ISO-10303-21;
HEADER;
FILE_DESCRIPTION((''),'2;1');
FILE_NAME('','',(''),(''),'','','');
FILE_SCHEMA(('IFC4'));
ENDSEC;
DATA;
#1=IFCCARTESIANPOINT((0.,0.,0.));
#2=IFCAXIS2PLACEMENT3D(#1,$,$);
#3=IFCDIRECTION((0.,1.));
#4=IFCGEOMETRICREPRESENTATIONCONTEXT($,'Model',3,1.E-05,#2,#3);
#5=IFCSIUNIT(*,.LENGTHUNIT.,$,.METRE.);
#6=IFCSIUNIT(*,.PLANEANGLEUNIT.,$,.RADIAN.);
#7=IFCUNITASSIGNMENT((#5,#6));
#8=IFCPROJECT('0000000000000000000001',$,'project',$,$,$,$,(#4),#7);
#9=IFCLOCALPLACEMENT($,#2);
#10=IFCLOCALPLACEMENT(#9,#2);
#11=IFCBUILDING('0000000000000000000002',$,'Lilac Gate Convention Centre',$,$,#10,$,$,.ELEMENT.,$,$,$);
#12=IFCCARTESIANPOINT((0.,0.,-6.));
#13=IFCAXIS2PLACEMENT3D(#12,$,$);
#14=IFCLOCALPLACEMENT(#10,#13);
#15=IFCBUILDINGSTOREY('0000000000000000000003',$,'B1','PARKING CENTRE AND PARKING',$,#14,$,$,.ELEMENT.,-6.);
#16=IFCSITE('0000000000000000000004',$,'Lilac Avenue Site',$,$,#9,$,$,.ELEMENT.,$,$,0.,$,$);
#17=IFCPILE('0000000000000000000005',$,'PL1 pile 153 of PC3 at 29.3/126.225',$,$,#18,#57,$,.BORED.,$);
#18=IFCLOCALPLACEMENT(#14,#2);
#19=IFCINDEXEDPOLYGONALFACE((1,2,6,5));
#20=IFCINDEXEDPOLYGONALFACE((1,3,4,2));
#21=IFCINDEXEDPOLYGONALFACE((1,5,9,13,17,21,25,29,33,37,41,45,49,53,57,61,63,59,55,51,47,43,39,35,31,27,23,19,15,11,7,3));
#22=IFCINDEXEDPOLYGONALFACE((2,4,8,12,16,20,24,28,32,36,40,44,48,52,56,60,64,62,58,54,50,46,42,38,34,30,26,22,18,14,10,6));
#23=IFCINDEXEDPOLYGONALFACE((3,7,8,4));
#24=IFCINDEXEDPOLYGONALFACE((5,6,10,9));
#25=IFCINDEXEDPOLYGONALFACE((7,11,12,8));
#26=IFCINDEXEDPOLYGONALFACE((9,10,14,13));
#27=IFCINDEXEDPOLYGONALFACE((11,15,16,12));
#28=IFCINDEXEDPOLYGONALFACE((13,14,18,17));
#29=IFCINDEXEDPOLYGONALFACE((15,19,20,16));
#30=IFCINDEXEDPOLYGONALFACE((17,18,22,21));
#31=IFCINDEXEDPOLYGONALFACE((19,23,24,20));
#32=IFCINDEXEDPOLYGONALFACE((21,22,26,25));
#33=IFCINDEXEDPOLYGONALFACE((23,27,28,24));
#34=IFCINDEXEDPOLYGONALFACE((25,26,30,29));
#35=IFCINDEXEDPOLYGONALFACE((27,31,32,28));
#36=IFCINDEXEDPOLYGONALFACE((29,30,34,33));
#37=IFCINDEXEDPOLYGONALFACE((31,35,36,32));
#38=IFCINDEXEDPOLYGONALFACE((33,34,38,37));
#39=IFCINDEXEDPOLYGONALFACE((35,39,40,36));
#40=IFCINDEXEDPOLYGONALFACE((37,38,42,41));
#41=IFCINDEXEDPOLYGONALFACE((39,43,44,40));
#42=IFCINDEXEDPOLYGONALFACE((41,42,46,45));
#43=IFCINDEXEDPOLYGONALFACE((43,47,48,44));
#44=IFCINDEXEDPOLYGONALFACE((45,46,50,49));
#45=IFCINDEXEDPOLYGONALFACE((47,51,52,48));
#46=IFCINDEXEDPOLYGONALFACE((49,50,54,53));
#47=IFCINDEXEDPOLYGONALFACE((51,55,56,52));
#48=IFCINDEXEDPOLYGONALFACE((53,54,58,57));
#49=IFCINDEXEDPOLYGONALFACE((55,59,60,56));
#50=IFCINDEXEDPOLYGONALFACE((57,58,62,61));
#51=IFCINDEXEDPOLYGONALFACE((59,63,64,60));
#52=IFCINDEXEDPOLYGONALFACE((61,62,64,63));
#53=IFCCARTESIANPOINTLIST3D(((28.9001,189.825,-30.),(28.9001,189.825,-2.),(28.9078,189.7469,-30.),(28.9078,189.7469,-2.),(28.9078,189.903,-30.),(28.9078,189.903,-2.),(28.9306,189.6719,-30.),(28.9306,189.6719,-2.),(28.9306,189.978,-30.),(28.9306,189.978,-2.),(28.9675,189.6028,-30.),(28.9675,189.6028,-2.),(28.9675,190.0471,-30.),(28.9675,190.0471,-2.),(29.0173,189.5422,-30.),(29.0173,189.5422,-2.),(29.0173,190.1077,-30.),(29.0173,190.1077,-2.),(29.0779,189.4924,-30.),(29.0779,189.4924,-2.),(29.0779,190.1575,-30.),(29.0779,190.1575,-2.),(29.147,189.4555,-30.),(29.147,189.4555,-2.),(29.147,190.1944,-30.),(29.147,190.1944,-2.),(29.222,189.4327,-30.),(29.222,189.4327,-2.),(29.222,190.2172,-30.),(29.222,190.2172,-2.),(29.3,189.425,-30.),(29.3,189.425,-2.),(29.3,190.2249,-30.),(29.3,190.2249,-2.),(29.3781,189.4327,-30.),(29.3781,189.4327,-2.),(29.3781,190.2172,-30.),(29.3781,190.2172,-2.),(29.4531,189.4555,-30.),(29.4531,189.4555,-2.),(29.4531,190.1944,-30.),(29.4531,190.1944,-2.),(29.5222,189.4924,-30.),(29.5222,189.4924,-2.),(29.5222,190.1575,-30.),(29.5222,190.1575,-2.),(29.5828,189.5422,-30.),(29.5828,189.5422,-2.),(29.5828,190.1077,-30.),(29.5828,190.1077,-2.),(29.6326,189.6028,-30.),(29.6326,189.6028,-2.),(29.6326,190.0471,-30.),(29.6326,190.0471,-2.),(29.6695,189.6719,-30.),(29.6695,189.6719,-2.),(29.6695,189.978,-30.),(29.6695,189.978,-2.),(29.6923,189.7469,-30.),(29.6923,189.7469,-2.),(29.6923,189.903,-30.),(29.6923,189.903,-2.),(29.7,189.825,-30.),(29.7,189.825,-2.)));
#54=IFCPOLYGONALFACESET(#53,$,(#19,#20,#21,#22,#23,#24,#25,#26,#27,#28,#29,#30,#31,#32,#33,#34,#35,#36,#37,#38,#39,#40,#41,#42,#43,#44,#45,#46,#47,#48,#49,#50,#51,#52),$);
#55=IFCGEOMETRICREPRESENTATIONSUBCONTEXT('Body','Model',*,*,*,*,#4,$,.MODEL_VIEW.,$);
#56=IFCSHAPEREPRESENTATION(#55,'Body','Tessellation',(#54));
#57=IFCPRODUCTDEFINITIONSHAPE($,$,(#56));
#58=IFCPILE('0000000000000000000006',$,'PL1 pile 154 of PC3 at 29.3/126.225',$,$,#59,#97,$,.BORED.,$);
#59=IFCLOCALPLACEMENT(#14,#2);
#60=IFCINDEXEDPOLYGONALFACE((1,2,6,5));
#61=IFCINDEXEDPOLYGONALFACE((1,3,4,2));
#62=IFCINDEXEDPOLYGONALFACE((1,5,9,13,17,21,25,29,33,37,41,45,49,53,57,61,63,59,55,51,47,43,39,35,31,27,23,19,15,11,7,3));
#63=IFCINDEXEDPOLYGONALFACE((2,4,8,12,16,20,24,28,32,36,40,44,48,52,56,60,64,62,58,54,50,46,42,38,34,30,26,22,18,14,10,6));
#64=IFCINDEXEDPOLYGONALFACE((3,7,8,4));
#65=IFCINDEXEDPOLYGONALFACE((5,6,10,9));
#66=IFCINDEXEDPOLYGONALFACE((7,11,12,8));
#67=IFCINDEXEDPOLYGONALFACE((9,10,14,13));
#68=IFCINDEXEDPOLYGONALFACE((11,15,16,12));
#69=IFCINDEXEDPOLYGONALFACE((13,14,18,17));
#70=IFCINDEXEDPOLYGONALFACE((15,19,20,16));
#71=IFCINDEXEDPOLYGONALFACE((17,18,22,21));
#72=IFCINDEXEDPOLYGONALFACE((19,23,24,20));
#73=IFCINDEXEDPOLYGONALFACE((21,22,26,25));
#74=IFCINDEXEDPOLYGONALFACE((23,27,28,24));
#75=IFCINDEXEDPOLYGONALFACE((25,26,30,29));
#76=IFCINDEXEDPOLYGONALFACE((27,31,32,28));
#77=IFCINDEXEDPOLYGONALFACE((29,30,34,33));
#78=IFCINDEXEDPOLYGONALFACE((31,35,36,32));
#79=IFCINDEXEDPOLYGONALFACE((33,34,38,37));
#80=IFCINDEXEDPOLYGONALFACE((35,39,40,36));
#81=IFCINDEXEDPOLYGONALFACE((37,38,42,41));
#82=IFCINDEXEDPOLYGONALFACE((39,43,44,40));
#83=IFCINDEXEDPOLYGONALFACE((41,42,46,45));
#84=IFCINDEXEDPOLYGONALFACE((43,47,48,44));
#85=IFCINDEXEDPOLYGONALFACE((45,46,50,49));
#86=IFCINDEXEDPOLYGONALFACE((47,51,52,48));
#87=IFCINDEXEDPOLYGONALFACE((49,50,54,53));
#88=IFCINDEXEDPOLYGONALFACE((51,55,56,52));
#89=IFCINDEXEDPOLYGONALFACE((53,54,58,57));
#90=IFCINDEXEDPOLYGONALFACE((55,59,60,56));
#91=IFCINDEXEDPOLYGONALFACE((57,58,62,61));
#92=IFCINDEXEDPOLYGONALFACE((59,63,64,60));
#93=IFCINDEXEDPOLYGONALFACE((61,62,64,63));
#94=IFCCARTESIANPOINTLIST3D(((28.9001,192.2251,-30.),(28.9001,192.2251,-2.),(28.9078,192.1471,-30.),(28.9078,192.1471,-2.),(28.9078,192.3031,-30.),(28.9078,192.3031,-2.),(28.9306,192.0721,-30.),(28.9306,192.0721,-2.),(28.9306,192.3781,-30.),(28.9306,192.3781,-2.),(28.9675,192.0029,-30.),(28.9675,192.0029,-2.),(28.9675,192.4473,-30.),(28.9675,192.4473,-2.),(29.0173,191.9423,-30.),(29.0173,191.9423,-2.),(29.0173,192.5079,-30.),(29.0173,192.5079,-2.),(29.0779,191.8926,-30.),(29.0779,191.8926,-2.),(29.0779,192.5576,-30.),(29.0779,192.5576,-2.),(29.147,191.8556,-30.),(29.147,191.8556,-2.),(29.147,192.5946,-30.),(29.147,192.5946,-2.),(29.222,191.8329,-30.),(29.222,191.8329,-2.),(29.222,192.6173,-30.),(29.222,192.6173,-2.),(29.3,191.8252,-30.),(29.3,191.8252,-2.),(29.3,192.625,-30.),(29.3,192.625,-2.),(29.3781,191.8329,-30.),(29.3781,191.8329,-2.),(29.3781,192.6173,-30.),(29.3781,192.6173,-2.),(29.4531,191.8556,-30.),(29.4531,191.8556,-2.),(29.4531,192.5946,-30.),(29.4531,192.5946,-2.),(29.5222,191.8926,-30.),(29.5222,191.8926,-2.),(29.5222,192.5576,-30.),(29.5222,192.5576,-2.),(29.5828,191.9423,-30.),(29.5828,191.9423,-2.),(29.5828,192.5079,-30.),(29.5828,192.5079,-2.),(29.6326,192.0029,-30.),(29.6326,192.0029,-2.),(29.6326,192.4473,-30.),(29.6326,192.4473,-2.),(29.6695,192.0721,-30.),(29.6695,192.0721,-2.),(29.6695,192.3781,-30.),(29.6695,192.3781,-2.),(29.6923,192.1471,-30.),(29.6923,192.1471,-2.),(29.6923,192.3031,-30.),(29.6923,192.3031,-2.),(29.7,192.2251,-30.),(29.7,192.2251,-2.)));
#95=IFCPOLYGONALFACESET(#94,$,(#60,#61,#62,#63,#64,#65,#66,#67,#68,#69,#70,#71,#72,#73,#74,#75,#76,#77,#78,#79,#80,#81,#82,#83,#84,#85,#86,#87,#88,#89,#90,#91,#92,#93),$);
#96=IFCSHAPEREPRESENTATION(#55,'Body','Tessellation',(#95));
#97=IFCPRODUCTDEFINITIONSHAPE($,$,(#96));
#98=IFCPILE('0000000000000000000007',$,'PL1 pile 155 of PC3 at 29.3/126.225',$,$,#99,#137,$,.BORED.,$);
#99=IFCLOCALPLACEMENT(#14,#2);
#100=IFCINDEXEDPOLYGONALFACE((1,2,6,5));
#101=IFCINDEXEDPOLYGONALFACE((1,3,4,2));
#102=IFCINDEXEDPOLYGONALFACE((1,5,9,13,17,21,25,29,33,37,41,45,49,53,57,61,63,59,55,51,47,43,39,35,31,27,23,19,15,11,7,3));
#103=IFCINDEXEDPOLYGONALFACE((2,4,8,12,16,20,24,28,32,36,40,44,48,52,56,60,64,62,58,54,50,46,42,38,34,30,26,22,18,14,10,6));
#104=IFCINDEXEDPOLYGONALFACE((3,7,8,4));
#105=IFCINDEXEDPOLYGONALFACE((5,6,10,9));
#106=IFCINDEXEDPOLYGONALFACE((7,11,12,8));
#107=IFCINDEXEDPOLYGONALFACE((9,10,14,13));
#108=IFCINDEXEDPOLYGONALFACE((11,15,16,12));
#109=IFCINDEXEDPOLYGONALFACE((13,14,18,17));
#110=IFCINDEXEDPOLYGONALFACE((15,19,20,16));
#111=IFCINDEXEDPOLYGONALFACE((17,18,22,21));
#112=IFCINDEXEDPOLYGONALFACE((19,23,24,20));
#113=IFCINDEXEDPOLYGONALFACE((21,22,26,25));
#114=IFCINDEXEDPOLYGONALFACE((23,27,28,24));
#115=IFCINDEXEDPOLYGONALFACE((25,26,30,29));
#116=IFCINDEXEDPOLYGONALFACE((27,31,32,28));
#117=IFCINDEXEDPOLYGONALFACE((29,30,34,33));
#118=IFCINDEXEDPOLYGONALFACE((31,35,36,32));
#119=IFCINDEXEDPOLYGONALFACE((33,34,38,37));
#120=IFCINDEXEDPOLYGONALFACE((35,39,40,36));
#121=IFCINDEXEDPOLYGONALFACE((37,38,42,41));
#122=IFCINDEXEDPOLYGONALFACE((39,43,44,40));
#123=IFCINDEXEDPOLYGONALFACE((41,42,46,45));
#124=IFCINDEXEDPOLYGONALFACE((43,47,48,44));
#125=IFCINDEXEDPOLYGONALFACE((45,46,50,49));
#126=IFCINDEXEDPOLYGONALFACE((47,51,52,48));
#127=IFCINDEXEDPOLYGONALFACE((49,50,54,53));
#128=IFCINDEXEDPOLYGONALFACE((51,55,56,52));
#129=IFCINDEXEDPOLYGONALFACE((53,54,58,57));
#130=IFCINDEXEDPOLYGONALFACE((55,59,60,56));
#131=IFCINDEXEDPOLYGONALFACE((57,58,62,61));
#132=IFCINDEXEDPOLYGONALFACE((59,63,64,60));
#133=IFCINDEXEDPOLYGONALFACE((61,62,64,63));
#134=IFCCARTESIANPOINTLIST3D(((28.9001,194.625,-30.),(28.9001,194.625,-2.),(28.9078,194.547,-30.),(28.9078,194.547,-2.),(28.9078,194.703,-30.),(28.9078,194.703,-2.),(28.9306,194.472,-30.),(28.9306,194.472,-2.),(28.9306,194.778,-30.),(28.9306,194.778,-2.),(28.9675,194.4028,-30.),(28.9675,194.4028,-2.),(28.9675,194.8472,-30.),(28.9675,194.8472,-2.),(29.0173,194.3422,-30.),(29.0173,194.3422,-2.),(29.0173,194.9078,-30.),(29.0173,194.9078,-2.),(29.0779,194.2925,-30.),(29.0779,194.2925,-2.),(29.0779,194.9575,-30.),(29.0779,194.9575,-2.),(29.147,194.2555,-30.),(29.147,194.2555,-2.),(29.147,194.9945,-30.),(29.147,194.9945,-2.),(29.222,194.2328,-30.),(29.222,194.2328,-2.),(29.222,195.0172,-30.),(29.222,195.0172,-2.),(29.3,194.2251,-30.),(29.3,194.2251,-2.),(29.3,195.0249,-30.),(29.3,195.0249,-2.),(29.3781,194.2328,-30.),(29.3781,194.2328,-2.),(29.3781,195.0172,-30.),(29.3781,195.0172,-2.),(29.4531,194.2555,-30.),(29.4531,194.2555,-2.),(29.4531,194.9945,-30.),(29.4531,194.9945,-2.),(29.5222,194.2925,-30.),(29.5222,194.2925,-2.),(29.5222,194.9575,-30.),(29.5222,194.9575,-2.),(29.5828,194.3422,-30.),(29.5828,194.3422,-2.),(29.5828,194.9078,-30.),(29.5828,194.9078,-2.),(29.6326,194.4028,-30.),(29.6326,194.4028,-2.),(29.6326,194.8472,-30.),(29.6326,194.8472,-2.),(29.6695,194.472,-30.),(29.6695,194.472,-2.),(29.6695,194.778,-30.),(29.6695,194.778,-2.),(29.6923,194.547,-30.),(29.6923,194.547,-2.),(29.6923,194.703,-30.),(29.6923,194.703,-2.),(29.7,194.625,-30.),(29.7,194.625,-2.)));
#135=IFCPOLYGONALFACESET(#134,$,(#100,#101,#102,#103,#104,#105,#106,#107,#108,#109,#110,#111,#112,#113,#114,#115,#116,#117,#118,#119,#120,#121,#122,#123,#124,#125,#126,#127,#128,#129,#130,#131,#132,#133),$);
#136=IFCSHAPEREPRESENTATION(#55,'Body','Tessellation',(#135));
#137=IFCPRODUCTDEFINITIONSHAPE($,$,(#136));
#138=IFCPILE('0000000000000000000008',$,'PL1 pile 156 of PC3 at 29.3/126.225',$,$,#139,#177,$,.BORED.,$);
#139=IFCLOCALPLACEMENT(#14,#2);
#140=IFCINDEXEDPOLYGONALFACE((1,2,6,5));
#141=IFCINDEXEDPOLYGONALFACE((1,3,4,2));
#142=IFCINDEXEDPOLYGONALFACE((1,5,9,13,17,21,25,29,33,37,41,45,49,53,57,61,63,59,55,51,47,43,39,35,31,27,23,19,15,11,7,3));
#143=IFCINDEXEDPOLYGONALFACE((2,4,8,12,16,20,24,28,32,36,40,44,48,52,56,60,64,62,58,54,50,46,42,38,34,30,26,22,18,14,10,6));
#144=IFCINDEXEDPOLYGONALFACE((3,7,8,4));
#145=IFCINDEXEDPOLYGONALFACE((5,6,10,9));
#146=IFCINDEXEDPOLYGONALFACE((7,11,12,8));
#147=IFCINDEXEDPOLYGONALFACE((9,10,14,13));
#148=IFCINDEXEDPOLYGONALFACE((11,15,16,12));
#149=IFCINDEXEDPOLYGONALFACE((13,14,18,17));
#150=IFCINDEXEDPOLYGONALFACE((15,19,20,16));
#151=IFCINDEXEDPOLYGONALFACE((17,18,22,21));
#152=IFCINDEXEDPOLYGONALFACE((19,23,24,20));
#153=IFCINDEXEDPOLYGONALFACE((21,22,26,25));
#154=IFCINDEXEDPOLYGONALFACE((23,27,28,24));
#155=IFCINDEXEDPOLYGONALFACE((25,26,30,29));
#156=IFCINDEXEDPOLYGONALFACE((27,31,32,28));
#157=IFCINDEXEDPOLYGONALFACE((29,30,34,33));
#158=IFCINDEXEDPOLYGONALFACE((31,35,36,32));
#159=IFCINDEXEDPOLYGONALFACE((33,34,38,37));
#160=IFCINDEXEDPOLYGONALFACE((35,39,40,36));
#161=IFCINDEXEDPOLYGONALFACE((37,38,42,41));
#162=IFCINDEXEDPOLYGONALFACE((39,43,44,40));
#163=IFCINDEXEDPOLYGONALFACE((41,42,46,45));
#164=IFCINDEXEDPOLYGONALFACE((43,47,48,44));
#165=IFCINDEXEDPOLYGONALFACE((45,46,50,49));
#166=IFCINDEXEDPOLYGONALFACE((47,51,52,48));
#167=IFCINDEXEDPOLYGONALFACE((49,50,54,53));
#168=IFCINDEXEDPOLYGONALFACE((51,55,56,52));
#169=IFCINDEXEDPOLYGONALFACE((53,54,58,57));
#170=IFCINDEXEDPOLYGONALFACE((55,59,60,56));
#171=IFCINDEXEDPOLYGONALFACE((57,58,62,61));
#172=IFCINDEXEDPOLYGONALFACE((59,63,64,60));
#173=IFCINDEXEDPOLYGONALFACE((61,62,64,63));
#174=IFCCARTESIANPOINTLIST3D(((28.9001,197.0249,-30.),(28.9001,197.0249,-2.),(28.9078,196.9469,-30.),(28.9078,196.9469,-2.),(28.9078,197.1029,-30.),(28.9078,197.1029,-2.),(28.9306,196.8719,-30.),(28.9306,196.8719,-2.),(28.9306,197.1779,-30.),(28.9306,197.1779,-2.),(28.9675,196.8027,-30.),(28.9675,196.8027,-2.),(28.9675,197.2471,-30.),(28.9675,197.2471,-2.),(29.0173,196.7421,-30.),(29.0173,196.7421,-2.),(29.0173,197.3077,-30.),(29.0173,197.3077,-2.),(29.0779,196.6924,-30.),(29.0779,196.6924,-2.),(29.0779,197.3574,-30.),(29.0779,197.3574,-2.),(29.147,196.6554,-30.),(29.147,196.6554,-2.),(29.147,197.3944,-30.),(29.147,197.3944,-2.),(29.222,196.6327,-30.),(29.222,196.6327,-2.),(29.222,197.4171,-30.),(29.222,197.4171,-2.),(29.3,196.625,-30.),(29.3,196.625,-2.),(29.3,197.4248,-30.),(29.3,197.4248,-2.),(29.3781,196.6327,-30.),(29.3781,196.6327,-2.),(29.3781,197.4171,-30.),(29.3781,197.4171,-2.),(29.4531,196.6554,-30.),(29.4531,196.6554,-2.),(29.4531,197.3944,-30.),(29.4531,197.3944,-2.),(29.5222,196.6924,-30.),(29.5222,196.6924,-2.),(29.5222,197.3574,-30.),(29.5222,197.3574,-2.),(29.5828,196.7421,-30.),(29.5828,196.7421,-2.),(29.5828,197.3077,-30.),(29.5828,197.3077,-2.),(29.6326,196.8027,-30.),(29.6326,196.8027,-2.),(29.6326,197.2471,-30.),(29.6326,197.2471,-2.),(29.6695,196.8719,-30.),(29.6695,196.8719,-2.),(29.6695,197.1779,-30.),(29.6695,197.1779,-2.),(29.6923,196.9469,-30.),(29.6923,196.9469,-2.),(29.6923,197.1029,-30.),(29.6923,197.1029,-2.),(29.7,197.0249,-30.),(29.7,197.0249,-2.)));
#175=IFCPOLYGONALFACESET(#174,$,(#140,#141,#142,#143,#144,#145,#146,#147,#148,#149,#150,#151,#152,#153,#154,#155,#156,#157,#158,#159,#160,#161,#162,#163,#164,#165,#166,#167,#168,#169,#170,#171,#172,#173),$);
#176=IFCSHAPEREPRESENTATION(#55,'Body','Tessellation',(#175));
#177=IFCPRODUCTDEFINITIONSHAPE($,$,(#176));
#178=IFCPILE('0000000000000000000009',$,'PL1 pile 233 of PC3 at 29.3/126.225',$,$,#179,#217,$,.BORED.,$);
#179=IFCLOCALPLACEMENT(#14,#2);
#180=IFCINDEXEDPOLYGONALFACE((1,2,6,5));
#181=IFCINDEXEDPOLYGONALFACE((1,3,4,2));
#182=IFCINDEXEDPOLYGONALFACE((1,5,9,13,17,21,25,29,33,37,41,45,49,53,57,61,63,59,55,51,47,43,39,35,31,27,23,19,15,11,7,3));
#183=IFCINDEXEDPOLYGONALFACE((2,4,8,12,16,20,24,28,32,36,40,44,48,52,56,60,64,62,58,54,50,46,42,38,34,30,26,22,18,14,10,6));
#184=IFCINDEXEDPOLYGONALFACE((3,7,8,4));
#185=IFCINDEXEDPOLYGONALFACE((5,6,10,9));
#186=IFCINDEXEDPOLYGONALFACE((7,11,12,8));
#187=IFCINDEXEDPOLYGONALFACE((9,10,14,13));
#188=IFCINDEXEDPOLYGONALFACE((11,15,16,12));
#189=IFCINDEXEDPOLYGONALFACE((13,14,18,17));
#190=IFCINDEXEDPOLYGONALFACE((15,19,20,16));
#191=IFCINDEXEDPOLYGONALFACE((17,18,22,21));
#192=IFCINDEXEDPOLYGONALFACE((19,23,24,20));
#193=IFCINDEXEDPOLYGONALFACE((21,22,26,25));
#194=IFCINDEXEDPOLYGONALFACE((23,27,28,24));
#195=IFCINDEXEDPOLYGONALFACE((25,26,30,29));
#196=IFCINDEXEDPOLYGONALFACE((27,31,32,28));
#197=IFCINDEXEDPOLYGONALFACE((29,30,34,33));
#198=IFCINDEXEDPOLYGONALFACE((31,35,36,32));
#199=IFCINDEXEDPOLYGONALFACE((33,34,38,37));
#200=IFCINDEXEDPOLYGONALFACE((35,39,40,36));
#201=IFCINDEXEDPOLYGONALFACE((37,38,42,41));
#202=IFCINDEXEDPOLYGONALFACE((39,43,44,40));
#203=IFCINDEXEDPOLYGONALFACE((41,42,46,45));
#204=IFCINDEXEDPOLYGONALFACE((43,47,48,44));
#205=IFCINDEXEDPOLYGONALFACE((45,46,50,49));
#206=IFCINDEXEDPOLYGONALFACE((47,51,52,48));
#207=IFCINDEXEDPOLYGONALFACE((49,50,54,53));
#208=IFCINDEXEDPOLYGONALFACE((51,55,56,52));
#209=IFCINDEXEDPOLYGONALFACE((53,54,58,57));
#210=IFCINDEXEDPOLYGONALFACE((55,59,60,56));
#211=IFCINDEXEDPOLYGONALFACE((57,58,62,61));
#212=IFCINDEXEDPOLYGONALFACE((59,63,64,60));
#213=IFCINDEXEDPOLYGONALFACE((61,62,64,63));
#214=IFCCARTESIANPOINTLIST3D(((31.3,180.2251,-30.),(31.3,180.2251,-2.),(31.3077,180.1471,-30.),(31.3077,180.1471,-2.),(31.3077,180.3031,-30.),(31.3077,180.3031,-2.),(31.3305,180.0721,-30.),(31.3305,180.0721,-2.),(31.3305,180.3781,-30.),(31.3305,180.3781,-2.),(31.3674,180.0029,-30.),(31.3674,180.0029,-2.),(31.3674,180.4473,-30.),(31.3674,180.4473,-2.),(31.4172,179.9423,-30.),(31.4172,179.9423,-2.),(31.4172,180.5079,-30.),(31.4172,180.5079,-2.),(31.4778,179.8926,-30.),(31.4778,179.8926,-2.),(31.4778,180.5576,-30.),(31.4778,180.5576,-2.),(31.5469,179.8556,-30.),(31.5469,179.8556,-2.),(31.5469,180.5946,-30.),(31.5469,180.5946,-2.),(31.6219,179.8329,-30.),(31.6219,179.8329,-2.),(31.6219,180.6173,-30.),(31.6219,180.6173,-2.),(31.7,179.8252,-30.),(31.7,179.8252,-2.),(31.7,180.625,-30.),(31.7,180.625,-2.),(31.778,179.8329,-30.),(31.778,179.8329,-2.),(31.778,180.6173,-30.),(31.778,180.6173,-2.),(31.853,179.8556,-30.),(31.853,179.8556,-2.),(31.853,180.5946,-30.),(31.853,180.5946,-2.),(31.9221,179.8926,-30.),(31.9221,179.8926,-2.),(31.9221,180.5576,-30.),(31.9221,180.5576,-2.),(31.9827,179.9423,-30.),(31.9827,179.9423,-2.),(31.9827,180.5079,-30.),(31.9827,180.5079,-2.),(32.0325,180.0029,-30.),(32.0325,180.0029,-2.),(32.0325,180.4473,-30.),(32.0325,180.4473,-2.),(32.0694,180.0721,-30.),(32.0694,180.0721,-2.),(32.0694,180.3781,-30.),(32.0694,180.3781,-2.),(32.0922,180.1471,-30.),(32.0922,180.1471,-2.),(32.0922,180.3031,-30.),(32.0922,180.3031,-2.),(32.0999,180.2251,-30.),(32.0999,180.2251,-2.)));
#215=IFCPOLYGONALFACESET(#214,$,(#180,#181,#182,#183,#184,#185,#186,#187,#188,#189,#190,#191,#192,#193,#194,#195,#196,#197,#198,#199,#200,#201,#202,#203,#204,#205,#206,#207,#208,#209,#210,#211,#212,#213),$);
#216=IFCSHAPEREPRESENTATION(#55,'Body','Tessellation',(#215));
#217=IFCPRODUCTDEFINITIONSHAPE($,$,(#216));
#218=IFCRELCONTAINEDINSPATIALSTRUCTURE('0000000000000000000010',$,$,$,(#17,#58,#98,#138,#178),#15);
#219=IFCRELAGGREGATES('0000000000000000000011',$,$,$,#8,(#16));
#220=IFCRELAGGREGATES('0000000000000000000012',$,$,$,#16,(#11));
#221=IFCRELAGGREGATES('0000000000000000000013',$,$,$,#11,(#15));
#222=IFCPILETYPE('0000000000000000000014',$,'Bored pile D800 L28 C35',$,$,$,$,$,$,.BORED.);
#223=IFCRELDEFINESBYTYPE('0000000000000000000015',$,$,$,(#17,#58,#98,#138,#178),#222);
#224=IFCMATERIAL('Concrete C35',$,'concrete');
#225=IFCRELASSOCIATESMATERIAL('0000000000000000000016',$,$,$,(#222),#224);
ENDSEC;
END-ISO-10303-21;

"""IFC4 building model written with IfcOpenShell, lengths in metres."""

from ifc_helpers import new_model, si_unit, direction, frame, origin, origin_2d, place, context, subcontext, project, spatial, circle, extrude, material, material_profile, profile_set, type_object, element, save


model = new_model("IFC4")

# Units and contexts
model_context = context("Model", 3, precision=1e-05, world=origin(), true_north=direction((0.0, 1.0)))
body_context = subcontext(model_context, "Body", "Model", "MODEL_VIEW")
ifc_project = project(units=[si_unit("LENGTHUNIT", "METRE"), si_unit("PLANEANGLEUNIT", "RADIAN")], contexts=[model_context])

# Site, building, storey
site_placement = place(None, origin())
site = spatial("IfcSite", under=ifc_project, at=site_placement, Name="Lilac Avenue Site", CompositionType="ELEMENT", RefElevation=0.0)
building_placement = place(site_placement, origin())
building = spatial("IfcBuilding", under=site, at=building_placement, Name="Lilac Gate Convention Centre", CompositionType="ELEMENT")
storey_placement = place(building_placement, frame((0.0, 0.0, -6.0)))
storey = spatial("IfcBuildingStorey", under=building, at=storey_placement, Name="B1", Description="PARKING CENTRE AND PARKING", CompositionType="ELEMENT", Elevation=-6.0)

# Piles
ifc_material_1 = material(Name="Concrete C35", Category="concrete")
ifc_material_profile_1 = material_profile(ifc_material_1, circle(Radius=0.3999, at=origin_2d()), Name="D800")
ifc_profile_set_1 = profile_set([ifc_material_profile_1], Name="Concrete C35")
pile_type = type_object("IfcPileType", Name="Bored pile D800 L28 C35", PredefinedType="BORED", material=ifc_profile_set_1)
for number, where, z_axis, x_axis, name in (
    (1, (29.3, 189.825, -2.0), (0.0, 0.0, -1.0), (1.0, 0.0, 0.0), "PL1 pile 153 of PC3 at 29.3/126.225"),
    (2, (29.3, 192.2251, -2.0), (0.0, 0.0, -1.0), (1.0, 0.0, 0.0), "PL1 pile 154 of PC3 at 29.3/126.225"),
    (3, (29.3, 194.625, -2.0), (0.0, 0.0, -1.0), (1.0, 0.0, 0.0), "PL1 pile 155 of PC3 at 29.3/126.225"),
    (4, (29.3, 197.0249, -2.0), (0.0, 0.0, -1.0), (1.0, 0.0, 0.0), "PL1 pile 156 of PC3 at 29.3/126.225"),
    (5, (31.7, 180.2251, -2.0), (0.0, 0.0, -1.0), (1.0, 0.0, 0.0), "PL1 pile 233 of PC3 at 29.3/126.225"),
):
    element("IfcPile", number, at=place(storey_placement, frame(where, z_axis=z_axis, x_axis=x_axis)), inside=storey, type_object=pile_type, Name=name, PredefinedType="BORED", context=body_context, shape_type="SweptSolid", body=[
        extrude(circle(Radius=0.3999, at=origin_2d()), origin(), (0.0, 0.0, 1.0), 28.0),
    ])

save(model, "model.ifc")
